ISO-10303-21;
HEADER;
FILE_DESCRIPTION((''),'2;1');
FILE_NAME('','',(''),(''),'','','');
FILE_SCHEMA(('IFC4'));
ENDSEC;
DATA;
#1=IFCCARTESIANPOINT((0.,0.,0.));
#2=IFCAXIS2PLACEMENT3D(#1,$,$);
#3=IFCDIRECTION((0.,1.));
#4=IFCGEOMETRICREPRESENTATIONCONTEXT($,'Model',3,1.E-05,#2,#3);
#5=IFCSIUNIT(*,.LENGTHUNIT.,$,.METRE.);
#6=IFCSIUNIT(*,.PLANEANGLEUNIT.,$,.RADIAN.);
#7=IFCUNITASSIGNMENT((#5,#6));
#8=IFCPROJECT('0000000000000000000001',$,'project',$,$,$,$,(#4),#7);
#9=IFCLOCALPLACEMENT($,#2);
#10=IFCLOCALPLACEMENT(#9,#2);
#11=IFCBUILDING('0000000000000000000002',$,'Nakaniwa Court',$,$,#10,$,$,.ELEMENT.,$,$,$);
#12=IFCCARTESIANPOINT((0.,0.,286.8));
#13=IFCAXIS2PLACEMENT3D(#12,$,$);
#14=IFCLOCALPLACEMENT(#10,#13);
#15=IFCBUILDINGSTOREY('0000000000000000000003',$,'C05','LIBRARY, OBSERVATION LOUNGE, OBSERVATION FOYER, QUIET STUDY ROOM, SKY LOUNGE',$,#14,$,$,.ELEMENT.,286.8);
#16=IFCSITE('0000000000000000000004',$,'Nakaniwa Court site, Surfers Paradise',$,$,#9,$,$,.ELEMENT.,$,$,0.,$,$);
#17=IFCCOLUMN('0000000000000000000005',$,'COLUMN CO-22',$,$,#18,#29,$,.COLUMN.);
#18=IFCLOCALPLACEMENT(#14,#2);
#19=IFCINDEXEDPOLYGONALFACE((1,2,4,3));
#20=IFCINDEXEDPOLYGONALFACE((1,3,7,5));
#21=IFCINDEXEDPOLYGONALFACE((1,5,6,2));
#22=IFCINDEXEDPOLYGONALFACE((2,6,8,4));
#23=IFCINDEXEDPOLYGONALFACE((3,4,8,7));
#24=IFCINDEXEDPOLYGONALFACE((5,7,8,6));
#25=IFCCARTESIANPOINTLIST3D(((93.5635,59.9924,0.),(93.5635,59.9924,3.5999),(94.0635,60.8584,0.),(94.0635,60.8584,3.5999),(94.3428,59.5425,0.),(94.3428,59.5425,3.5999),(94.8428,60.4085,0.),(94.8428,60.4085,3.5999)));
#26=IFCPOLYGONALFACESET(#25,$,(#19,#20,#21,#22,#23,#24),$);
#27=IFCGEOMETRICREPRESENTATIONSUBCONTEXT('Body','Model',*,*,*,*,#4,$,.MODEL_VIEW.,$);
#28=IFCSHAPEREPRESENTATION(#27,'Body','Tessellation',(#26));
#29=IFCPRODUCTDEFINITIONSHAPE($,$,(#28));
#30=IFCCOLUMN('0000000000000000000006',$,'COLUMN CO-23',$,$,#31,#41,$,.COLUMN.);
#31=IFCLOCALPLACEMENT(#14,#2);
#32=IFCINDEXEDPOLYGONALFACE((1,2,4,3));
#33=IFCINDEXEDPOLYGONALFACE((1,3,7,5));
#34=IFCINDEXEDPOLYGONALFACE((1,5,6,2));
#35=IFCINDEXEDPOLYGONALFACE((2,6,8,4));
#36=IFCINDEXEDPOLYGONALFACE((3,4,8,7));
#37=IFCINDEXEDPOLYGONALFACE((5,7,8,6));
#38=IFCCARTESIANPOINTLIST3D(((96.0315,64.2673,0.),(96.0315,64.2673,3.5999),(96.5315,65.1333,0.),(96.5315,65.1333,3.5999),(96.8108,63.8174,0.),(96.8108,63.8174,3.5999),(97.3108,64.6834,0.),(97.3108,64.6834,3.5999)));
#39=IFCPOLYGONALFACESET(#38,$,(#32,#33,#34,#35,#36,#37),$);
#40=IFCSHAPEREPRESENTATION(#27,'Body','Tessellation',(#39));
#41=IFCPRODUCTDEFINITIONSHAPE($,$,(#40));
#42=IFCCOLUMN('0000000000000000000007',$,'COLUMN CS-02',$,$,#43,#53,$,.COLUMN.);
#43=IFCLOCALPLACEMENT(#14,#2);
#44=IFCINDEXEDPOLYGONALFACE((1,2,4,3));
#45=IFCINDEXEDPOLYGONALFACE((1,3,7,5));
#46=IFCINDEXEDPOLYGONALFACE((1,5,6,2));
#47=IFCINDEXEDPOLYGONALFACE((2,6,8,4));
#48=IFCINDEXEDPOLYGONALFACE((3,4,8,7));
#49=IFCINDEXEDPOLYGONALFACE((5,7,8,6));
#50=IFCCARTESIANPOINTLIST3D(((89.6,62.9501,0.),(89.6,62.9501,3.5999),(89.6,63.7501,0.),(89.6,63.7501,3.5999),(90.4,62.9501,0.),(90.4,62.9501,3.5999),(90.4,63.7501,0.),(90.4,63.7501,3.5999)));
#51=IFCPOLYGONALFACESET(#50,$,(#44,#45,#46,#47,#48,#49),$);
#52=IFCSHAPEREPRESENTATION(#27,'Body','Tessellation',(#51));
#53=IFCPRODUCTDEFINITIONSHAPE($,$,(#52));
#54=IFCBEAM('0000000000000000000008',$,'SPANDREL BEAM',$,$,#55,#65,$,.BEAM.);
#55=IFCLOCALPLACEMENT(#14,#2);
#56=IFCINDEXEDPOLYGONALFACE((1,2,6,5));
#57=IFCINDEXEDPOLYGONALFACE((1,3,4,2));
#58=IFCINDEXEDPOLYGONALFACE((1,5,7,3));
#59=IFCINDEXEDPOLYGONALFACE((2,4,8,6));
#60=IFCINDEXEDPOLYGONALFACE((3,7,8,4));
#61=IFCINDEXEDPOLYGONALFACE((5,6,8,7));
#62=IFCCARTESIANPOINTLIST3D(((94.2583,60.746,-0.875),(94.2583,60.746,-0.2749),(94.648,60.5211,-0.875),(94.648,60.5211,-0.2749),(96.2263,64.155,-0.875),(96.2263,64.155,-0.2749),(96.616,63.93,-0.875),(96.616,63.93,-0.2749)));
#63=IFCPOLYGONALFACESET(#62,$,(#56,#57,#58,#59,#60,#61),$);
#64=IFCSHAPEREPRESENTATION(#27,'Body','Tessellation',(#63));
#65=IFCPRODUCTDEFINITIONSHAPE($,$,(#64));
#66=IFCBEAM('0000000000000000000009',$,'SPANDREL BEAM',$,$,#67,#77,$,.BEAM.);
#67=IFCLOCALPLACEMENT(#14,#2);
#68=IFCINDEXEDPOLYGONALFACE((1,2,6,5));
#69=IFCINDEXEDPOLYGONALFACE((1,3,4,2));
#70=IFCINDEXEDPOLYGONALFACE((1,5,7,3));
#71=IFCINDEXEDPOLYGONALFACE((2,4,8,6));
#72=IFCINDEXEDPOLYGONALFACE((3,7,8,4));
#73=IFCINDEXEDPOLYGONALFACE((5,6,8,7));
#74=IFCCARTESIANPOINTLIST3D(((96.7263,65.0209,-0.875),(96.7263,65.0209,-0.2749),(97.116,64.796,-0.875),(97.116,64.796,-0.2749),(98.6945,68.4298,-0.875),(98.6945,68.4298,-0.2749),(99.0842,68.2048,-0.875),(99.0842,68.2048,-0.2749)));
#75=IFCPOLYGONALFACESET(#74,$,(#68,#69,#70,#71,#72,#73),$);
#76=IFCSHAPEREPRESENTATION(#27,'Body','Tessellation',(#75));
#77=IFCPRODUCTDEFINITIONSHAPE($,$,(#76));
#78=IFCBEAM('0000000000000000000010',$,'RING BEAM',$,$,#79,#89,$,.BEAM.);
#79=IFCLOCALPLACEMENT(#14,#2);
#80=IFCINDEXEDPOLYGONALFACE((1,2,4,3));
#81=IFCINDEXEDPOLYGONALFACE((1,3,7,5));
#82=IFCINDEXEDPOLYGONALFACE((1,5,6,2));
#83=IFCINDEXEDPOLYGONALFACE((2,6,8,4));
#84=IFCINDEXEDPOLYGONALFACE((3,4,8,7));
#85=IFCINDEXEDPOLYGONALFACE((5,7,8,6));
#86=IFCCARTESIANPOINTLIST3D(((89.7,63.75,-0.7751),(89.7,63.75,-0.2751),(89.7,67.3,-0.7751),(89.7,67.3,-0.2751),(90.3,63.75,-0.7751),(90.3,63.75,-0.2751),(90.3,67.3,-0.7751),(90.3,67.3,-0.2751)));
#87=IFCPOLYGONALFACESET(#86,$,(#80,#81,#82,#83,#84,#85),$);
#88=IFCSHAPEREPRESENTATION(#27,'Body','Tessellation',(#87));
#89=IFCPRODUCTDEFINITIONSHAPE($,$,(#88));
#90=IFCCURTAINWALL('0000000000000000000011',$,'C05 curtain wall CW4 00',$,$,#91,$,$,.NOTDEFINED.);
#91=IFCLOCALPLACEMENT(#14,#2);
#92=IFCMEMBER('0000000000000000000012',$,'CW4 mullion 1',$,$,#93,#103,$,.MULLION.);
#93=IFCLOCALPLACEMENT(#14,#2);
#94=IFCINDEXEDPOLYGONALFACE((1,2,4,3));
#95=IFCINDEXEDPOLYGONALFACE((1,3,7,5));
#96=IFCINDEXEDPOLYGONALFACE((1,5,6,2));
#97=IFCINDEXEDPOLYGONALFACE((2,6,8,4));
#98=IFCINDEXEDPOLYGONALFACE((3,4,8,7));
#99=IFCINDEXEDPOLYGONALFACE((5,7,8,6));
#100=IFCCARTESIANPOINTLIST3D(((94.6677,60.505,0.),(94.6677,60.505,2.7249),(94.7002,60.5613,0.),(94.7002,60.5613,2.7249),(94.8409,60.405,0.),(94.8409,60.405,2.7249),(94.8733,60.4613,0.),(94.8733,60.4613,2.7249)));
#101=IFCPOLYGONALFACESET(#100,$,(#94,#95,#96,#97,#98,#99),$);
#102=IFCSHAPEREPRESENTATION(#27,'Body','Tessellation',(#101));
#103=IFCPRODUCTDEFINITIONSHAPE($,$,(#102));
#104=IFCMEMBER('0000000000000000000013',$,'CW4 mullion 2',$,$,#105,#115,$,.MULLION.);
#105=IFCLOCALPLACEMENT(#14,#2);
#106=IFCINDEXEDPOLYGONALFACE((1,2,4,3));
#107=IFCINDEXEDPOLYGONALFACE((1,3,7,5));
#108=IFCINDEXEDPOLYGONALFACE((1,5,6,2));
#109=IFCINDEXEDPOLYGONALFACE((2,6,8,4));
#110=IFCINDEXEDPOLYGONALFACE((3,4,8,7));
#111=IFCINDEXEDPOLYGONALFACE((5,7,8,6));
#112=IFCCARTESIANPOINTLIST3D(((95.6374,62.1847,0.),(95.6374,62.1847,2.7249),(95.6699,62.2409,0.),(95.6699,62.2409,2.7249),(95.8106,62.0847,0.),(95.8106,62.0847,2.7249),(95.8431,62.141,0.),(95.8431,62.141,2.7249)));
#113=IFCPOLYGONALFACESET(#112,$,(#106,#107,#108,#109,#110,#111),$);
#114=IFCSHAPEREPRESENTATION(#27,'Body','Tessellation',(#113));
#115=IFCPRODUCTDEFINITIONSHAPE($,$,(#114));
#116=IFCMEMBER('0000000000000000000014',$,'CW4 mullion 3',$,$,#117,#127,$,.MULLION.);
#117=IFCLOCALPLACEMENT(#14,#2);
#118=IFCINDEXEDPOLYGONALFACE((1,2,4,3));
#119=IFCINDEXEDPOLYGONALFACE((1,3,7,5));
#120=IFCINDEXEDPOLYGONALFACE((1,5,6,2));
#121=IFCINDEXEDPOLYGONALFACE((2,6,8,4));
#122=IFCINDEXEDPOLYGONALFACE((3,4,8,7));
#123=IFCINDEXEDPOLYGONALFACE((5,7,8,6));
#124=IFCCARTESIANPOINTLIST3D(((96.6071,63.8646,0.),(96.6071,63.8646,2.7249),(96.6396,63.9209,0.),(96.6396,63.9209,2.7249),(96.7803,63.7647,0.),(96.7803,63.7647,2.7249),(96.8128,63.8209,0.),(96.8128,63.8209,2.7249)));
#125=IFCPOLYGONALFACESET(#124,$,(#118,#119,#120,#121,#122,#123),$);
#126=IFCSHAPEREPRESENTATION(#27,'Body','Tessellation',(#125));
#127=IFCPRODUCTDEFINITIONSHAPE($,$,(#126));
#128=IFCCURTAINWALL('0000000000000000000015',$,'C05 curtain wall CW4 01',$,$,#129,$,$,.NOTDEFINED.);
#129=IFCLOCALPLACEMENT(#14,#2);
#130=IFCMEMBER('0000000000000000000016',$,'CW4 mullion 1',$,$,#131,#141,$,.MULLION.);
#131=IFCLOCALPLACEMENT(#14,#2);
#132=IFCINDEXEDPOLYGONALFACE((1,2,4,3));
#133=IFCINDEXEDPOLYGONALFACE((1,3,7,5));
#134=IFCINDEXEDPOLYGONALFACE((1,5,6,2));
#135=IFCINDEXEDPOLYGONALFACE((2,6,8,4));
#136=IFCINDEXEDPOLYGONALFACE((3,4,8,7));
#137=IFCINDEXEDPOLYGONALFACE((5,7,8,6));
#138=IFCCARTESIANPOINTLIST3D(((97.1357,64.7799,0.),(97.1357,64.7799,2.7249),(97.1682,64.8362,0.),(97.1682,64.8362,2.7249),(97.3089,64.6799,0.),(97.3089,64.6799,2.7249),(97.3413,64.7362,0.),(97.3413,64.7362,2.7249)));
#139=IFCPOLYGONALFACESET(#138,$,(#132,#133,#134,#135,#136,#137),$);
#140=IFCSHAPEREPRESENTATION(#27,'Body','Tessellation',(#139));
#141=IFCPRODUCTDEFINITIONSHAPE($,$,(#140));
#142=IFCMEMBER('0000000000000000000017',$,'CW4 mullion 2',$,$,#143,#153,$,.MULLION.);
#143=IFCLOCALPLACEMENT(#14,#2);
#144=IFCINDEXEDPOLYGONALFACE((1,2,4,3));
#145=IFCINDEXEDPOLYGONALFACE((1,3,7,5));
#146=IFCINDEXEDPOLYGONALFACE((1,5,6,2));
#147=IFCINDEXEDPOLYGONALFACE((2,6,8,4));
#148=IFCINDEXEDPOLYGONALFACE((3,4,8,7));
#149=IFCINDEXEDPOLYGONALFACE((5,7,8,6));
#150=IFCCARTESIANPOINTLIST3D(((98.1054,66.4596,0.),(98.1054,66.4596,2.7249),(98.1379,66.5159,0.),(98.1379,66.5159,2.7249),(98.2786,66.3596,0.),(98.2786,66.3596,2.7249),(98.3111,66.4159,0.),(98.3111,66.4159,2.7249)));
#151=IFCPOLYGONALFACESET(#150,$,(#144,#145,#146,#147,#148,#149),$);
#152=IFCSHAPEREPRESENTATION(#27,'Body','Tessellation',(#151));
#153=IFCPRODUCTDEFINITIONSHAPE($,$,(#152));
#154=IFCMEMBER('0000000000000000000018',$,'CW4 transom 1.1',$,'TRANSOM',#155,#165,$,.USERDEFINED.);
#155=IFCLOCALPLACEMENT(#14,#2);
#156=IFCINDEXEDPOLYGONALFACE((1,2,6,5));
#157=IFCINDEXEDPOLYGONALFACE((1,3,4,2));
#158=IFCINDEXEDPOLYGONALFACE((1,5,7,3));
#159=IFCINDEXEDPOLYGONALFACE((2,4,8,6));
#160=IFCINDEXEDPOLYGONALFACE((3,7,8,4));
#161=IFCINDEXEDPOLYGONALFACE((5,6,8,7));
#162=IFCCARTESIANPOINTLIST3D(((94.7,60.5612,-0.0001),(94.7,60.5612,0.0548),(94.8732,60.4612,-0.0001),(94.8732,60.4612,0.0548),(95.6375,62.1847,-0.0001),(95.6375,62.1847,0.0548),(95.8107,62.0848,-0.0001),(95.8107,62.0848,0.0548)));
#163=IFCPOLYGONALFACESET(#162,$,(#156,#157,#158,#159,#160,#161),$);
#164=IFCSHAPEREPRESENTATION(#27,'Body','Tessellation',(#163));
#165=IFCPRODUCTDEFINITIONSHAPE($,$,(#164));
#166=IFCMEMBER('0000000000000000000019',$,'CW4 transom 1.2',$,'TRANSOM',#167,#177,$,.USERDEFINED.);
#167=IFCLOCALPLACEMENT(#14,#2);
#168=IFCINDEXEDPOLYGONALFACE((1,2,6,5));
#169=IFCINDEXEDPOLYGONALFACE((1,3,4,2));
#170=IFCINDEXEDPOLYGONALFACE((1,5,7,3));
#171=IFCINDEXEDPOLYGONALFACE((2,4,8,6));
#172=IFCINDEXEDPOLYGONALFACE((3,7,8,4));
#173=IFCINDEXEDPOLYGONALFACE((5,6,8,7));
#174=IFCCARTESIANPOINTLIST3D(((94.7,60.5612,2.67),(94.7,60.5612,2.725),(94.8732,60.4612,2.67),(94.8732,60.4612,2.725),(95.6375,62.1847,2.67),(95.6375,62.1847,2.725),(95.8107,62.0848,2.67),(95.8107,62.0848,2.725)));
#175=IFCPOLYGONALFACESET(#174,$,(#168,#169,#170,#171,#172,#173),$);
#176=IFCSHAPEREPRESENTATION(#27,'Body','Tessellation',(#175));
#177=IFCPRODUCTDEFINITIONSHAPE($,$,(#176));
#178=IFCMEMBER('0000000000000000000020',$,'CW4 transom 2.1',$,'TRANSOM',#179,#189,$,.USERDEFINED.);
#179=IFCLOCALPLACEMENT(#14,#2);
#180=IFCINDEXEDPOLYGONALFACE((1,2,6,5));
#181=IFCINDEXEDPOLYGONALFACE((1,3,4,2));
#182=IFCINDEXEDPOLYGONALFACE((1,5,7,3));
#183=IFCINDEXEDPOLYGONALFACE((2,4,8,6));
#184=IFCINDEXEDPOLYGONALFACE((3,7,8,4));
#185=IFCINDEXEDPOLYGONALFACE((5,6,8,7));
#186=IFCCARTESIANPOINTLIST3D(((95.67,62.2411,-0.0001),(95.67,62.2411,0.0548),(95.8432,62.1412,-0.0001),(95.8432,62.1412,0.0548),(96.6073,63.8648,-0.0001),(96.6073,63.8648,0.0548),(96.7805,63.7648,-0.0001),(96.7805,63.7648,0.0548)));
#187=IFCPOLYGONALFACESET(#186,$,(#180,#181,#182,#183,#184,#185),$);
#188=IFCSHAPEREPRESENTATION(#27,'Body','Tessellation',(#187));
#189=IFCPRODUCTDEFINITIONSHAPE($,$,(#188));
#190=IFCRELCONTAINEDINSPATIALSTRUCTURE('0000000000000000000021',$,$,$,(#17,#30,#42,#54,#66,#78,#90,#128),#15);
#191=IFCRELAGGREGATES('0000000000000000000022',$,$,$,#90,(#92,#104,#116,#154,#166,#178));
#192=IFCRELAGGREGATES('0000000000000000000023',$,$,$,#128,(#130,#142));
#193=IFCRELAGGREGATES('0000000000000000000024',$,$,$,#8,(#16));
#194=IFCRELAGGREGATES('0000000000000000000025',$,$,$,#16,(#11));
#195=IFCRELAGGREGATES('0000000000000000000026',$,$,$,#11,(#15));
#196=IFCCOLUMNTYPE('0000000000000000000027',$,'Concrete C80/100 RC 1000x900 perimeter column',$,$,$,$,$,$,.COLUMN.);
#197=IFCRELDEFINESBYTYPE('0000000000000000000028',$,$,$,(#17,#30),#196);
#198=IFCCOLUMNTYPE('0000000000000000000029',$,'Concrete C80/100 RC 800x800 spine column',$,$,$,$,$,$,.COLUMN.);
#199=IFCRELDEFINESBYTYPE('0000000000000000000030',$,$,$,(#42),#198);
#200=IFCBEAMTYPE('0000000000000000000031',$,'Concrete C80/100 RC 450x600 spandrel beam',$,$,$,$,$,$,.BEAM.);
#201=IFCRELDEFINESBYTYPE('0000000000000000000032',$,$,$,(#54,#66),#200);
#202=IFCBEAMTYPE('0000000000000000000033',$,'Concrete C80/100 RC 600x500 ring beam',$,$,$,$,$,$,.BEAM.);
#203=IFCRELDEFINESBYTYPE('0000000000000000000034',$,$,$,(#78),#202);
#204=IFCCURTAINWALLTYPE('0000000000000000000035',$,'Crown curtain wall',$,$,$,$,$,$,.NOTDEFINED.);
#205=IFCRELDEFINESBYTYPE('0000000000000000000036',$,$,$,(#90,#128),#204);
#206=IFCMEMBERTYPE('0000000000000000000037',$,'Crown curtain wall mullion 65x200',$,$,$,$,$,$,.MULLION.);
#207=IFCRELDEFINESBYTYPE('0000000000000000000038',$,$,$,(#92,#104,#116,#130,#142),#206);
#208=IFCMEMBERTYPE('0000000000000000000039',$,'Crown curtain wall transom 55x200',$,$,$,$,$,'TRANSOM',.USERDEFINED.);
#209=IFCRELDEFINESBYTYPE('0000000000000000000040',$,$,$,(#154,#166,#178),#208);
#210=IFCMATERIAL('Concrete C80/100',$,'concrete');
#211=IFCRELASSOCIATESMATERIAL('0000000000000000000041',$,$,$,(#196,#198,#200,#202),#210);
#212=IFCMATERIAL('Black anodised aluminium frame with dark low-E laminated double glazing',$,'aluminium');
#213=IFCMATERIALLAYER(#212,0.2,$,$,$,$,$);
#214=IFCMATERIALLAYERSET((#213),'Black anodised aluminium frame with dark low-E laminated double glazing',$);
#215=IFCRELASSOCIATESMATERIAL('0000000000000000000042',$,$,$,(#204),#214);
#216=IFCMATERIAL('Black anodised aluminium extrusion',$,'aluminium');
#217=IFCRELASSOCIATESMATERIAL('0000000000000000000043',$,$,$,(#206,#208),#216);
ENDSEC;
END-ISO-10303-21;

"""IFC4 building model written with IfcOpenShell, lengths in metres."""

from ifc_helpers import new_model, si_unit, direction, frame, origin, origin_2d, place, context, subcontext, project, spatial, rectangle, extrude, material, layer, layer_set, material_profile, profile_set, type_object, element, aggregate, save


model = new_model("IFC4")

# Units and contexts
model_context = context("Model", 3, precision=1e-05, world=origin(), true_north=direction((0.0, 1.0)))
body_context = subcontext(model_context, "Body", "Model", "MODEL_VIEW")
ifc_project = project(units=[si_unit("LENGTHUNIT", "METRE"), si_unit("PLANEANGLEUNIT", "RADIAN")], contexts=[model_context])

# Site, building, storey
site_placement = place(None, origin())
site = spatial("IfcSite", under=ifc_project, at=site_placement, Name="Nakaniwa Court site, Surfers Paradise", CompositionType="ELEMENT", RefElevation=0.0)
building_placement = place(site_placement, origin())
building = spatial("IfcBuilding", under=site, at=building_placement, Name="Nakaniwa Court", CompositionType="ELEMENT")
storey_placement = place(building_placement, frame((0.0, 0.0, 286.8)))
storey = spatial("IfcBuildingStorey", under=building, at=storey_placement, Name="C05", Description="LIBRARY, OBSERVATION LOUNGE, OBSERVATION FOYER, QUIET STUDY ROOM, SKY LOUNGE", CompositionType="ELEMENT", Elevation=286.8)

# Columns
ifc_material_1 = material(Name="Concrete C80/100", Category="concrete")
ifc_material_profile_1 = material_profile(ifc_material_1, rectangle(XDim=1.0, YDim=0.8999, at=origin_2d()), Name="Concrete C80/100 RC 1000x900 perimeter column")
ifc_profile_set_1 = profile_set([ifc_material_profile_1], Name="Concrete C80/100")
column_type_1 = type_object("IfcColumnType", Name="Concrete C80/100 RC 1000x900 perimeter column", PredefinedType="COLUMN", material=ifc_profile_set_1)
for number, where, z_axis, x_axis, name in (
    (1, (94.2031, 60.2004, 0.0), (0.0, 0.0, 1.0), (0.5, 0.866025, 0.0), "COLUMN CO-22"),
    (2, (96.6711, 64.4753, 0.0), (0.0, 0.0, 1.0), (0.5, 0.866025, 0.0), "COLUMN CO-23"),
):
    element("IfcColumn", number, at=place(storey_placement, frame(where, z_axis=z_axis, x_axis=x_axis)), inside=storey, type_object=column_type_1, Name=name, PredefinedType="COLUMN", context=body_context, shape_type="SweptSolid", body=[
        extrude(rectangle(XDim=1.0, YDim=0.8999, at=origin_2d()), origin(), (0.0, 0.0, 1.0), 3.5999),
    ])
ifc_material_profile_2 = material_profile(ifc_material_1, rectangle(XDim=0.8, YDim=0.8, at=origin_2d()), Name="Concrete C80/100 RC 800x800 spine column")
ifc_profile_set_2 = profile_set([ifc_material_profile_2], Name="Concrete C80/100")
column_type_2 = type_object("IfcColumnType", Name="Concrete C80/100 RC 800x800 spine column", PredefinedType="COLUMN", material=ifc_profile_set_2)
column_placement = place(storey_placement, frame((90.0, 63.3501, 0.0), z_axis=(0.0, 0.0, 1.0), x_axis=(0.0, 1.0, 0.0)))
element("IfcColumn", 3, at=column_placement, inside=storey, type_object=column_type_2, Name="COLUMN CS-02", PredefinedType="COLUMN", context=body_context, shape_type="SweptSolid", body=[
    extrude(rectangle(XDim=0.8, YDim=0.8, at=origin_2d()), origin(), (0.0, 0.0, 1.0), 3.5999),
])

# Beams
ifc_material_profile_3 = material_profile(ifc_material_1, rectangle(XDim=0.45, YDim=0.6001, at=origin_2d()), Name="Concrete C80/100 RC 450x600 spandrel beam")
ifc_profile_set_3 = profile_set([ifc_material_profile_3], Name="Concrete C80/100")
beam_type_1 = type_object("IfcBeamType", Name="Concrete C80/100 RC 450x600 spandrel beam", PredefinedType="BEAM", material=ifc_profile_set_3)
for number, where, z_axis, x_axis, name in (
    (4, (94.4531, 60.6335, -0.575), (0.499975, 0.86604, 0.0), (-0.86604, 0.499975, 0.0), "SPANDREL BEAM"),
    (5, (96.9211, 64.9084, -0.575), (0.500021, 0.866013, 0.0), (-0.866013, 0.500021, 0.0), "SPANDREL BEAM"),
):
    element("IfcBeam", number, at=place(storey_placement, frame(where, z_axis=z_axis, x_axis=x_axis)), inside=storey, type_object=beam_type_1, Name=name, PredefinedType="BEAM", context=body_context, shape_type="SweptSolid", body=[
        extrude(rectangle(XDim=0.45, YDim=0.6001, at=origin_2d()), origin(), (0.0, 0.0, 1.0), 3.9363),
    ])
ifc_material_profile_4 = material_profile(ifc_material_1, rectangle(XDim=0.6001, YDim=0.5, at=origin_2d()), Name="Concrete C80/100 RC 600x500 ring beam")
ifc_profile_set_4 = profile_set([ifc_material_profile_4], Name="Concrete C80/100")
beam_type_2 = type_object("IfcBeamType", Name="Concrete C80/100 RC 600x500 ring beam", PredefinedType="BEAM", material=ifc_profile_set_4)
beam_placement = place(storey_placement, frame((90.0, 63.75, -0.5251), z_axis=(0.0, 1.0, 0.0), x_axis=(-1.0, 0.0, 0.0)))
element("IfcBeam", 6, at=beam_placement, inside=storey, type_object=beam_type_2, Name="RING BEAM", PredefinedType="BEAM", context=body_context, shape_type="SweptSolid", body=[
    extrude(rectangle(XDim=0.6001, YDim=0.5, at=origin_2d()), origin(), (0.0, 0.0, 1.0), 3.55),
])

# Curtain walls, members
ifc_material_2 = material(Name="Black anodised aluminium frame with dark low-E laminated double glazing", Category="aluminium")
ifc_layer_1 = layer(ifc_material_2, 0.2)
ifc_layer_set_1 = layer_set([ifc_layer_1], Name="Black anodised aluminium frame with dark low-E laminated double glazing")
curtain_wall_type = type_object("IfcCurtainWallType", Name="Crown curtain wall", PredefinedType="NOTDEFINED", material=ifc_layer_set_1)
curtain_wall_1_placement = place(storey_placement, origin())
curtain_wall_1 = element("IfcCurtainWall", 7, at=curtain_wall_1_placement, inside=storey, type_object=curtain_wall_type, Name="C05 curtain wall CW4 00", PredefinedType="NOTDEFINED")
ifc_material_3 = material(Name="Black anodised aluminium extrusion", Category="aluminium")
ifc_material_profile_5 = material_profile(ifc_material_3, rectangle(XDim=0.2, YDim=0.0649, at=origin_2d()), Name="Crown curtain wall mullion 65x200")
ifc_profile_set_5 = profile_set([ifc_material_profile_5], Name="Black anodised aluminium extrusion")
member_type_1 = type_object("IfcMemberType", Name="Crown curtain wall mullion 65x200", PredefinedType="MULLION", material=ifc_profile_set_5)
member_1_placement = place(storey_placement, frame((94.7705, 60.4832, 0.0), z_axis=(0.0, 0.0, 1.0), x_axis=(-0.866033, 0.499987, 0.0)))
member_1 = element("IfcMember", 8, at=member_1_placement, type_object=member_type_1, Name="CW4 mullion 1", PredefinedType="MULLION", context=body_context, shape_type="SweptSolid", body=[
    extrude(rectangle(XDim=0.2, YDim=0.0649, at=origin_2d()), origin(), (0.0, 0.0, 1.0), 2.7249),
])
member_2_placement = place(storey_placement, frame((95.7402, 62.1628, 0.0), z_axis=(0.0, 0.0, 1.0), x_axis=(-0.866033, 0.499987, 0.0)))
member_2 = element("IfcMember", 9, at=member_2_placement, type_object=member_type_1, Name="CW4 mullion 2", PredefinedType="MULLION", context=body_context, shape_type="SweptSolid", body=[
    extrude(rectangle(XDim=0.2, YDim=0.0649, at=origin_2d()), origin(), (0.0, 0.0, 1.0), 2.7249),
])
member_3_placement = place(storey_placement, frame((96.71, 63.8428, 0.0), z_axis=(0.0, 0.0, 1.0), x_axis=(-0.866033, 0.499987, 0.0)))
member_3 = element("IfcMember", 10, at=member_3_placement, type_object=member_type_1, Name="CW4 mullion 3", PredefinedType="MULLION", context=body_context, shape_type="SweptSolid", body=[
    extrude(rectangle(XDim=0.2, YDim=0.0649, at=origin_2d()), origin(), (0.0, 0.0, 1.0), 2.7249),
])
curtain_wall_2_placement = place(storey_placement, origin())
curtain_wall_2 = element("IfcCurtainWall", 11, at=curtain_wall_2_placement, inside=storey, type_object=curtain_wall_type, Name="C05 curtain wall CW4 01", PredefinedType="NOTDEFINED")
member_4_placement = place(storey_placement, frame((97.2385, 64.7581, 0.0), z_axis=(0.0, 0.0, 1.0), x_axis=(-0.866033, 0.499987, 0.0)))
member_4 = element("IfcMember", 12, at=member_4_placement, type_object=member_type_1, Name="CW4 mullion 1", PredefinedType="MULLION", context=body_context, shape_type="SweptSolid", body=[
    extrude(rectangle(XDim=0.2, YDim=0.0649, at=origin_2d()), origin(), (0.0, 0.0, 1.0), 2.7249),
])
member_5_placement = place(storey_placement, frame((98.2083, 66.4377, 0.0), z_axis=(0.0, 0.0, 1.0), x_axis=(-0.866033, 0.499987, 0.0)))
member_5 = element("IfcMember", 13, at=member_5_placement, type_object=member_type_1, Name="CW4 mullion 2", PredefinedType="MULLION", context=body_context, shape_type="SweptSolid", body=[
    extrude(rectangle(XDim=0.2, YDim=0.0649, at=origin_2d()), origin(), (0.0, 0.0, 1.0), 2.7249),
])

# Members
ifc_material_profile_6 = material_profile(ifc_material_3, rectangle(XDim=0.2, YDim=0.0549, at=origin_2d()), Name="Crown curtain wall transom 55x200")
ifc_profile_set_6 = profile_set([ifc_material_profile_6], Name="Black anodised aluminium extrusion")
member_type_2 = type_object("IfcMemberType", Name="Crown curtain wall transom 55x200", ElementType="TRANSOM", PredefinedType="USERDEFINED", material=ifc_profile_set_6)
member_6_placement = place(storey_placement, frame((94.7866, 60.5112, 0.0273), z_axis=(0.500061, 0.86599, 0.0), x_axis=(-0.86599, 0.500061, 0.0)))
member_6 = element("IfcMember", 14, at=member_6_placement, type_object=member_type_2, Name="CW4 transom 1.1", ObjectType="TRANSOM", PredefinedType="USERDEFINED", context=body_context, shape_type="SweptSolid", body=[
    extrude(rectangle(XDim=0.2, YDim=0.0549, at=origin_2d()), origin(), (0.0, 0.0, 1.0), 1.8748),
])
member_7_placement = place(storey_placement, frame((94.7866, 60.5112, 2.6975), z_axis=(0.500061, 0.86599, 0.0), x_axis=(-0.86599, 0.500061, 0.0)))
member_7 = element("IfcMember", 15, at=member_7_placement, type_object=member_type_2, Name="CW4 transom 1.2", ObjectType="TRANSOM", PredefinedType="USERDEFINED", context=body_context, shape_type="SweptSolid", body=[
    extrude(rectangle(XDim=0.2, YDim=0.0549, at=origin_2d()), origin(), (0.0, 0.0, 1.0), 1.8748),
])
member_8_placement = place(storey_placement, frame((95.7566, 62.1912, 0.0273), z_axis=(0.499963, 0.866047, 0.0), x_axis=(-0.866047, 0.499963, 0.0)))
member_8 = element("IfcMember", 16, at=member_8_placement, type_object=member_type_2, Name="CW4 transom 2.1", ObjectType="TRANSOM", PredefinedType="USERDEFINED", context=body_context, shape_type="SweptSolid", body=[
    extrude(rectangle(XDim=0.2, YDim=0.0549, at=origin_2d()), origin(), (0.0, 0.0, 1.0), 1.8748),
])

aggregate(curtain_wall_1, [member_1, member_2, member_3, member_6, member_7, member_8])
aggregate(curtain_wall_2, [member_4, member_5])

save(model, "model.ifc")
